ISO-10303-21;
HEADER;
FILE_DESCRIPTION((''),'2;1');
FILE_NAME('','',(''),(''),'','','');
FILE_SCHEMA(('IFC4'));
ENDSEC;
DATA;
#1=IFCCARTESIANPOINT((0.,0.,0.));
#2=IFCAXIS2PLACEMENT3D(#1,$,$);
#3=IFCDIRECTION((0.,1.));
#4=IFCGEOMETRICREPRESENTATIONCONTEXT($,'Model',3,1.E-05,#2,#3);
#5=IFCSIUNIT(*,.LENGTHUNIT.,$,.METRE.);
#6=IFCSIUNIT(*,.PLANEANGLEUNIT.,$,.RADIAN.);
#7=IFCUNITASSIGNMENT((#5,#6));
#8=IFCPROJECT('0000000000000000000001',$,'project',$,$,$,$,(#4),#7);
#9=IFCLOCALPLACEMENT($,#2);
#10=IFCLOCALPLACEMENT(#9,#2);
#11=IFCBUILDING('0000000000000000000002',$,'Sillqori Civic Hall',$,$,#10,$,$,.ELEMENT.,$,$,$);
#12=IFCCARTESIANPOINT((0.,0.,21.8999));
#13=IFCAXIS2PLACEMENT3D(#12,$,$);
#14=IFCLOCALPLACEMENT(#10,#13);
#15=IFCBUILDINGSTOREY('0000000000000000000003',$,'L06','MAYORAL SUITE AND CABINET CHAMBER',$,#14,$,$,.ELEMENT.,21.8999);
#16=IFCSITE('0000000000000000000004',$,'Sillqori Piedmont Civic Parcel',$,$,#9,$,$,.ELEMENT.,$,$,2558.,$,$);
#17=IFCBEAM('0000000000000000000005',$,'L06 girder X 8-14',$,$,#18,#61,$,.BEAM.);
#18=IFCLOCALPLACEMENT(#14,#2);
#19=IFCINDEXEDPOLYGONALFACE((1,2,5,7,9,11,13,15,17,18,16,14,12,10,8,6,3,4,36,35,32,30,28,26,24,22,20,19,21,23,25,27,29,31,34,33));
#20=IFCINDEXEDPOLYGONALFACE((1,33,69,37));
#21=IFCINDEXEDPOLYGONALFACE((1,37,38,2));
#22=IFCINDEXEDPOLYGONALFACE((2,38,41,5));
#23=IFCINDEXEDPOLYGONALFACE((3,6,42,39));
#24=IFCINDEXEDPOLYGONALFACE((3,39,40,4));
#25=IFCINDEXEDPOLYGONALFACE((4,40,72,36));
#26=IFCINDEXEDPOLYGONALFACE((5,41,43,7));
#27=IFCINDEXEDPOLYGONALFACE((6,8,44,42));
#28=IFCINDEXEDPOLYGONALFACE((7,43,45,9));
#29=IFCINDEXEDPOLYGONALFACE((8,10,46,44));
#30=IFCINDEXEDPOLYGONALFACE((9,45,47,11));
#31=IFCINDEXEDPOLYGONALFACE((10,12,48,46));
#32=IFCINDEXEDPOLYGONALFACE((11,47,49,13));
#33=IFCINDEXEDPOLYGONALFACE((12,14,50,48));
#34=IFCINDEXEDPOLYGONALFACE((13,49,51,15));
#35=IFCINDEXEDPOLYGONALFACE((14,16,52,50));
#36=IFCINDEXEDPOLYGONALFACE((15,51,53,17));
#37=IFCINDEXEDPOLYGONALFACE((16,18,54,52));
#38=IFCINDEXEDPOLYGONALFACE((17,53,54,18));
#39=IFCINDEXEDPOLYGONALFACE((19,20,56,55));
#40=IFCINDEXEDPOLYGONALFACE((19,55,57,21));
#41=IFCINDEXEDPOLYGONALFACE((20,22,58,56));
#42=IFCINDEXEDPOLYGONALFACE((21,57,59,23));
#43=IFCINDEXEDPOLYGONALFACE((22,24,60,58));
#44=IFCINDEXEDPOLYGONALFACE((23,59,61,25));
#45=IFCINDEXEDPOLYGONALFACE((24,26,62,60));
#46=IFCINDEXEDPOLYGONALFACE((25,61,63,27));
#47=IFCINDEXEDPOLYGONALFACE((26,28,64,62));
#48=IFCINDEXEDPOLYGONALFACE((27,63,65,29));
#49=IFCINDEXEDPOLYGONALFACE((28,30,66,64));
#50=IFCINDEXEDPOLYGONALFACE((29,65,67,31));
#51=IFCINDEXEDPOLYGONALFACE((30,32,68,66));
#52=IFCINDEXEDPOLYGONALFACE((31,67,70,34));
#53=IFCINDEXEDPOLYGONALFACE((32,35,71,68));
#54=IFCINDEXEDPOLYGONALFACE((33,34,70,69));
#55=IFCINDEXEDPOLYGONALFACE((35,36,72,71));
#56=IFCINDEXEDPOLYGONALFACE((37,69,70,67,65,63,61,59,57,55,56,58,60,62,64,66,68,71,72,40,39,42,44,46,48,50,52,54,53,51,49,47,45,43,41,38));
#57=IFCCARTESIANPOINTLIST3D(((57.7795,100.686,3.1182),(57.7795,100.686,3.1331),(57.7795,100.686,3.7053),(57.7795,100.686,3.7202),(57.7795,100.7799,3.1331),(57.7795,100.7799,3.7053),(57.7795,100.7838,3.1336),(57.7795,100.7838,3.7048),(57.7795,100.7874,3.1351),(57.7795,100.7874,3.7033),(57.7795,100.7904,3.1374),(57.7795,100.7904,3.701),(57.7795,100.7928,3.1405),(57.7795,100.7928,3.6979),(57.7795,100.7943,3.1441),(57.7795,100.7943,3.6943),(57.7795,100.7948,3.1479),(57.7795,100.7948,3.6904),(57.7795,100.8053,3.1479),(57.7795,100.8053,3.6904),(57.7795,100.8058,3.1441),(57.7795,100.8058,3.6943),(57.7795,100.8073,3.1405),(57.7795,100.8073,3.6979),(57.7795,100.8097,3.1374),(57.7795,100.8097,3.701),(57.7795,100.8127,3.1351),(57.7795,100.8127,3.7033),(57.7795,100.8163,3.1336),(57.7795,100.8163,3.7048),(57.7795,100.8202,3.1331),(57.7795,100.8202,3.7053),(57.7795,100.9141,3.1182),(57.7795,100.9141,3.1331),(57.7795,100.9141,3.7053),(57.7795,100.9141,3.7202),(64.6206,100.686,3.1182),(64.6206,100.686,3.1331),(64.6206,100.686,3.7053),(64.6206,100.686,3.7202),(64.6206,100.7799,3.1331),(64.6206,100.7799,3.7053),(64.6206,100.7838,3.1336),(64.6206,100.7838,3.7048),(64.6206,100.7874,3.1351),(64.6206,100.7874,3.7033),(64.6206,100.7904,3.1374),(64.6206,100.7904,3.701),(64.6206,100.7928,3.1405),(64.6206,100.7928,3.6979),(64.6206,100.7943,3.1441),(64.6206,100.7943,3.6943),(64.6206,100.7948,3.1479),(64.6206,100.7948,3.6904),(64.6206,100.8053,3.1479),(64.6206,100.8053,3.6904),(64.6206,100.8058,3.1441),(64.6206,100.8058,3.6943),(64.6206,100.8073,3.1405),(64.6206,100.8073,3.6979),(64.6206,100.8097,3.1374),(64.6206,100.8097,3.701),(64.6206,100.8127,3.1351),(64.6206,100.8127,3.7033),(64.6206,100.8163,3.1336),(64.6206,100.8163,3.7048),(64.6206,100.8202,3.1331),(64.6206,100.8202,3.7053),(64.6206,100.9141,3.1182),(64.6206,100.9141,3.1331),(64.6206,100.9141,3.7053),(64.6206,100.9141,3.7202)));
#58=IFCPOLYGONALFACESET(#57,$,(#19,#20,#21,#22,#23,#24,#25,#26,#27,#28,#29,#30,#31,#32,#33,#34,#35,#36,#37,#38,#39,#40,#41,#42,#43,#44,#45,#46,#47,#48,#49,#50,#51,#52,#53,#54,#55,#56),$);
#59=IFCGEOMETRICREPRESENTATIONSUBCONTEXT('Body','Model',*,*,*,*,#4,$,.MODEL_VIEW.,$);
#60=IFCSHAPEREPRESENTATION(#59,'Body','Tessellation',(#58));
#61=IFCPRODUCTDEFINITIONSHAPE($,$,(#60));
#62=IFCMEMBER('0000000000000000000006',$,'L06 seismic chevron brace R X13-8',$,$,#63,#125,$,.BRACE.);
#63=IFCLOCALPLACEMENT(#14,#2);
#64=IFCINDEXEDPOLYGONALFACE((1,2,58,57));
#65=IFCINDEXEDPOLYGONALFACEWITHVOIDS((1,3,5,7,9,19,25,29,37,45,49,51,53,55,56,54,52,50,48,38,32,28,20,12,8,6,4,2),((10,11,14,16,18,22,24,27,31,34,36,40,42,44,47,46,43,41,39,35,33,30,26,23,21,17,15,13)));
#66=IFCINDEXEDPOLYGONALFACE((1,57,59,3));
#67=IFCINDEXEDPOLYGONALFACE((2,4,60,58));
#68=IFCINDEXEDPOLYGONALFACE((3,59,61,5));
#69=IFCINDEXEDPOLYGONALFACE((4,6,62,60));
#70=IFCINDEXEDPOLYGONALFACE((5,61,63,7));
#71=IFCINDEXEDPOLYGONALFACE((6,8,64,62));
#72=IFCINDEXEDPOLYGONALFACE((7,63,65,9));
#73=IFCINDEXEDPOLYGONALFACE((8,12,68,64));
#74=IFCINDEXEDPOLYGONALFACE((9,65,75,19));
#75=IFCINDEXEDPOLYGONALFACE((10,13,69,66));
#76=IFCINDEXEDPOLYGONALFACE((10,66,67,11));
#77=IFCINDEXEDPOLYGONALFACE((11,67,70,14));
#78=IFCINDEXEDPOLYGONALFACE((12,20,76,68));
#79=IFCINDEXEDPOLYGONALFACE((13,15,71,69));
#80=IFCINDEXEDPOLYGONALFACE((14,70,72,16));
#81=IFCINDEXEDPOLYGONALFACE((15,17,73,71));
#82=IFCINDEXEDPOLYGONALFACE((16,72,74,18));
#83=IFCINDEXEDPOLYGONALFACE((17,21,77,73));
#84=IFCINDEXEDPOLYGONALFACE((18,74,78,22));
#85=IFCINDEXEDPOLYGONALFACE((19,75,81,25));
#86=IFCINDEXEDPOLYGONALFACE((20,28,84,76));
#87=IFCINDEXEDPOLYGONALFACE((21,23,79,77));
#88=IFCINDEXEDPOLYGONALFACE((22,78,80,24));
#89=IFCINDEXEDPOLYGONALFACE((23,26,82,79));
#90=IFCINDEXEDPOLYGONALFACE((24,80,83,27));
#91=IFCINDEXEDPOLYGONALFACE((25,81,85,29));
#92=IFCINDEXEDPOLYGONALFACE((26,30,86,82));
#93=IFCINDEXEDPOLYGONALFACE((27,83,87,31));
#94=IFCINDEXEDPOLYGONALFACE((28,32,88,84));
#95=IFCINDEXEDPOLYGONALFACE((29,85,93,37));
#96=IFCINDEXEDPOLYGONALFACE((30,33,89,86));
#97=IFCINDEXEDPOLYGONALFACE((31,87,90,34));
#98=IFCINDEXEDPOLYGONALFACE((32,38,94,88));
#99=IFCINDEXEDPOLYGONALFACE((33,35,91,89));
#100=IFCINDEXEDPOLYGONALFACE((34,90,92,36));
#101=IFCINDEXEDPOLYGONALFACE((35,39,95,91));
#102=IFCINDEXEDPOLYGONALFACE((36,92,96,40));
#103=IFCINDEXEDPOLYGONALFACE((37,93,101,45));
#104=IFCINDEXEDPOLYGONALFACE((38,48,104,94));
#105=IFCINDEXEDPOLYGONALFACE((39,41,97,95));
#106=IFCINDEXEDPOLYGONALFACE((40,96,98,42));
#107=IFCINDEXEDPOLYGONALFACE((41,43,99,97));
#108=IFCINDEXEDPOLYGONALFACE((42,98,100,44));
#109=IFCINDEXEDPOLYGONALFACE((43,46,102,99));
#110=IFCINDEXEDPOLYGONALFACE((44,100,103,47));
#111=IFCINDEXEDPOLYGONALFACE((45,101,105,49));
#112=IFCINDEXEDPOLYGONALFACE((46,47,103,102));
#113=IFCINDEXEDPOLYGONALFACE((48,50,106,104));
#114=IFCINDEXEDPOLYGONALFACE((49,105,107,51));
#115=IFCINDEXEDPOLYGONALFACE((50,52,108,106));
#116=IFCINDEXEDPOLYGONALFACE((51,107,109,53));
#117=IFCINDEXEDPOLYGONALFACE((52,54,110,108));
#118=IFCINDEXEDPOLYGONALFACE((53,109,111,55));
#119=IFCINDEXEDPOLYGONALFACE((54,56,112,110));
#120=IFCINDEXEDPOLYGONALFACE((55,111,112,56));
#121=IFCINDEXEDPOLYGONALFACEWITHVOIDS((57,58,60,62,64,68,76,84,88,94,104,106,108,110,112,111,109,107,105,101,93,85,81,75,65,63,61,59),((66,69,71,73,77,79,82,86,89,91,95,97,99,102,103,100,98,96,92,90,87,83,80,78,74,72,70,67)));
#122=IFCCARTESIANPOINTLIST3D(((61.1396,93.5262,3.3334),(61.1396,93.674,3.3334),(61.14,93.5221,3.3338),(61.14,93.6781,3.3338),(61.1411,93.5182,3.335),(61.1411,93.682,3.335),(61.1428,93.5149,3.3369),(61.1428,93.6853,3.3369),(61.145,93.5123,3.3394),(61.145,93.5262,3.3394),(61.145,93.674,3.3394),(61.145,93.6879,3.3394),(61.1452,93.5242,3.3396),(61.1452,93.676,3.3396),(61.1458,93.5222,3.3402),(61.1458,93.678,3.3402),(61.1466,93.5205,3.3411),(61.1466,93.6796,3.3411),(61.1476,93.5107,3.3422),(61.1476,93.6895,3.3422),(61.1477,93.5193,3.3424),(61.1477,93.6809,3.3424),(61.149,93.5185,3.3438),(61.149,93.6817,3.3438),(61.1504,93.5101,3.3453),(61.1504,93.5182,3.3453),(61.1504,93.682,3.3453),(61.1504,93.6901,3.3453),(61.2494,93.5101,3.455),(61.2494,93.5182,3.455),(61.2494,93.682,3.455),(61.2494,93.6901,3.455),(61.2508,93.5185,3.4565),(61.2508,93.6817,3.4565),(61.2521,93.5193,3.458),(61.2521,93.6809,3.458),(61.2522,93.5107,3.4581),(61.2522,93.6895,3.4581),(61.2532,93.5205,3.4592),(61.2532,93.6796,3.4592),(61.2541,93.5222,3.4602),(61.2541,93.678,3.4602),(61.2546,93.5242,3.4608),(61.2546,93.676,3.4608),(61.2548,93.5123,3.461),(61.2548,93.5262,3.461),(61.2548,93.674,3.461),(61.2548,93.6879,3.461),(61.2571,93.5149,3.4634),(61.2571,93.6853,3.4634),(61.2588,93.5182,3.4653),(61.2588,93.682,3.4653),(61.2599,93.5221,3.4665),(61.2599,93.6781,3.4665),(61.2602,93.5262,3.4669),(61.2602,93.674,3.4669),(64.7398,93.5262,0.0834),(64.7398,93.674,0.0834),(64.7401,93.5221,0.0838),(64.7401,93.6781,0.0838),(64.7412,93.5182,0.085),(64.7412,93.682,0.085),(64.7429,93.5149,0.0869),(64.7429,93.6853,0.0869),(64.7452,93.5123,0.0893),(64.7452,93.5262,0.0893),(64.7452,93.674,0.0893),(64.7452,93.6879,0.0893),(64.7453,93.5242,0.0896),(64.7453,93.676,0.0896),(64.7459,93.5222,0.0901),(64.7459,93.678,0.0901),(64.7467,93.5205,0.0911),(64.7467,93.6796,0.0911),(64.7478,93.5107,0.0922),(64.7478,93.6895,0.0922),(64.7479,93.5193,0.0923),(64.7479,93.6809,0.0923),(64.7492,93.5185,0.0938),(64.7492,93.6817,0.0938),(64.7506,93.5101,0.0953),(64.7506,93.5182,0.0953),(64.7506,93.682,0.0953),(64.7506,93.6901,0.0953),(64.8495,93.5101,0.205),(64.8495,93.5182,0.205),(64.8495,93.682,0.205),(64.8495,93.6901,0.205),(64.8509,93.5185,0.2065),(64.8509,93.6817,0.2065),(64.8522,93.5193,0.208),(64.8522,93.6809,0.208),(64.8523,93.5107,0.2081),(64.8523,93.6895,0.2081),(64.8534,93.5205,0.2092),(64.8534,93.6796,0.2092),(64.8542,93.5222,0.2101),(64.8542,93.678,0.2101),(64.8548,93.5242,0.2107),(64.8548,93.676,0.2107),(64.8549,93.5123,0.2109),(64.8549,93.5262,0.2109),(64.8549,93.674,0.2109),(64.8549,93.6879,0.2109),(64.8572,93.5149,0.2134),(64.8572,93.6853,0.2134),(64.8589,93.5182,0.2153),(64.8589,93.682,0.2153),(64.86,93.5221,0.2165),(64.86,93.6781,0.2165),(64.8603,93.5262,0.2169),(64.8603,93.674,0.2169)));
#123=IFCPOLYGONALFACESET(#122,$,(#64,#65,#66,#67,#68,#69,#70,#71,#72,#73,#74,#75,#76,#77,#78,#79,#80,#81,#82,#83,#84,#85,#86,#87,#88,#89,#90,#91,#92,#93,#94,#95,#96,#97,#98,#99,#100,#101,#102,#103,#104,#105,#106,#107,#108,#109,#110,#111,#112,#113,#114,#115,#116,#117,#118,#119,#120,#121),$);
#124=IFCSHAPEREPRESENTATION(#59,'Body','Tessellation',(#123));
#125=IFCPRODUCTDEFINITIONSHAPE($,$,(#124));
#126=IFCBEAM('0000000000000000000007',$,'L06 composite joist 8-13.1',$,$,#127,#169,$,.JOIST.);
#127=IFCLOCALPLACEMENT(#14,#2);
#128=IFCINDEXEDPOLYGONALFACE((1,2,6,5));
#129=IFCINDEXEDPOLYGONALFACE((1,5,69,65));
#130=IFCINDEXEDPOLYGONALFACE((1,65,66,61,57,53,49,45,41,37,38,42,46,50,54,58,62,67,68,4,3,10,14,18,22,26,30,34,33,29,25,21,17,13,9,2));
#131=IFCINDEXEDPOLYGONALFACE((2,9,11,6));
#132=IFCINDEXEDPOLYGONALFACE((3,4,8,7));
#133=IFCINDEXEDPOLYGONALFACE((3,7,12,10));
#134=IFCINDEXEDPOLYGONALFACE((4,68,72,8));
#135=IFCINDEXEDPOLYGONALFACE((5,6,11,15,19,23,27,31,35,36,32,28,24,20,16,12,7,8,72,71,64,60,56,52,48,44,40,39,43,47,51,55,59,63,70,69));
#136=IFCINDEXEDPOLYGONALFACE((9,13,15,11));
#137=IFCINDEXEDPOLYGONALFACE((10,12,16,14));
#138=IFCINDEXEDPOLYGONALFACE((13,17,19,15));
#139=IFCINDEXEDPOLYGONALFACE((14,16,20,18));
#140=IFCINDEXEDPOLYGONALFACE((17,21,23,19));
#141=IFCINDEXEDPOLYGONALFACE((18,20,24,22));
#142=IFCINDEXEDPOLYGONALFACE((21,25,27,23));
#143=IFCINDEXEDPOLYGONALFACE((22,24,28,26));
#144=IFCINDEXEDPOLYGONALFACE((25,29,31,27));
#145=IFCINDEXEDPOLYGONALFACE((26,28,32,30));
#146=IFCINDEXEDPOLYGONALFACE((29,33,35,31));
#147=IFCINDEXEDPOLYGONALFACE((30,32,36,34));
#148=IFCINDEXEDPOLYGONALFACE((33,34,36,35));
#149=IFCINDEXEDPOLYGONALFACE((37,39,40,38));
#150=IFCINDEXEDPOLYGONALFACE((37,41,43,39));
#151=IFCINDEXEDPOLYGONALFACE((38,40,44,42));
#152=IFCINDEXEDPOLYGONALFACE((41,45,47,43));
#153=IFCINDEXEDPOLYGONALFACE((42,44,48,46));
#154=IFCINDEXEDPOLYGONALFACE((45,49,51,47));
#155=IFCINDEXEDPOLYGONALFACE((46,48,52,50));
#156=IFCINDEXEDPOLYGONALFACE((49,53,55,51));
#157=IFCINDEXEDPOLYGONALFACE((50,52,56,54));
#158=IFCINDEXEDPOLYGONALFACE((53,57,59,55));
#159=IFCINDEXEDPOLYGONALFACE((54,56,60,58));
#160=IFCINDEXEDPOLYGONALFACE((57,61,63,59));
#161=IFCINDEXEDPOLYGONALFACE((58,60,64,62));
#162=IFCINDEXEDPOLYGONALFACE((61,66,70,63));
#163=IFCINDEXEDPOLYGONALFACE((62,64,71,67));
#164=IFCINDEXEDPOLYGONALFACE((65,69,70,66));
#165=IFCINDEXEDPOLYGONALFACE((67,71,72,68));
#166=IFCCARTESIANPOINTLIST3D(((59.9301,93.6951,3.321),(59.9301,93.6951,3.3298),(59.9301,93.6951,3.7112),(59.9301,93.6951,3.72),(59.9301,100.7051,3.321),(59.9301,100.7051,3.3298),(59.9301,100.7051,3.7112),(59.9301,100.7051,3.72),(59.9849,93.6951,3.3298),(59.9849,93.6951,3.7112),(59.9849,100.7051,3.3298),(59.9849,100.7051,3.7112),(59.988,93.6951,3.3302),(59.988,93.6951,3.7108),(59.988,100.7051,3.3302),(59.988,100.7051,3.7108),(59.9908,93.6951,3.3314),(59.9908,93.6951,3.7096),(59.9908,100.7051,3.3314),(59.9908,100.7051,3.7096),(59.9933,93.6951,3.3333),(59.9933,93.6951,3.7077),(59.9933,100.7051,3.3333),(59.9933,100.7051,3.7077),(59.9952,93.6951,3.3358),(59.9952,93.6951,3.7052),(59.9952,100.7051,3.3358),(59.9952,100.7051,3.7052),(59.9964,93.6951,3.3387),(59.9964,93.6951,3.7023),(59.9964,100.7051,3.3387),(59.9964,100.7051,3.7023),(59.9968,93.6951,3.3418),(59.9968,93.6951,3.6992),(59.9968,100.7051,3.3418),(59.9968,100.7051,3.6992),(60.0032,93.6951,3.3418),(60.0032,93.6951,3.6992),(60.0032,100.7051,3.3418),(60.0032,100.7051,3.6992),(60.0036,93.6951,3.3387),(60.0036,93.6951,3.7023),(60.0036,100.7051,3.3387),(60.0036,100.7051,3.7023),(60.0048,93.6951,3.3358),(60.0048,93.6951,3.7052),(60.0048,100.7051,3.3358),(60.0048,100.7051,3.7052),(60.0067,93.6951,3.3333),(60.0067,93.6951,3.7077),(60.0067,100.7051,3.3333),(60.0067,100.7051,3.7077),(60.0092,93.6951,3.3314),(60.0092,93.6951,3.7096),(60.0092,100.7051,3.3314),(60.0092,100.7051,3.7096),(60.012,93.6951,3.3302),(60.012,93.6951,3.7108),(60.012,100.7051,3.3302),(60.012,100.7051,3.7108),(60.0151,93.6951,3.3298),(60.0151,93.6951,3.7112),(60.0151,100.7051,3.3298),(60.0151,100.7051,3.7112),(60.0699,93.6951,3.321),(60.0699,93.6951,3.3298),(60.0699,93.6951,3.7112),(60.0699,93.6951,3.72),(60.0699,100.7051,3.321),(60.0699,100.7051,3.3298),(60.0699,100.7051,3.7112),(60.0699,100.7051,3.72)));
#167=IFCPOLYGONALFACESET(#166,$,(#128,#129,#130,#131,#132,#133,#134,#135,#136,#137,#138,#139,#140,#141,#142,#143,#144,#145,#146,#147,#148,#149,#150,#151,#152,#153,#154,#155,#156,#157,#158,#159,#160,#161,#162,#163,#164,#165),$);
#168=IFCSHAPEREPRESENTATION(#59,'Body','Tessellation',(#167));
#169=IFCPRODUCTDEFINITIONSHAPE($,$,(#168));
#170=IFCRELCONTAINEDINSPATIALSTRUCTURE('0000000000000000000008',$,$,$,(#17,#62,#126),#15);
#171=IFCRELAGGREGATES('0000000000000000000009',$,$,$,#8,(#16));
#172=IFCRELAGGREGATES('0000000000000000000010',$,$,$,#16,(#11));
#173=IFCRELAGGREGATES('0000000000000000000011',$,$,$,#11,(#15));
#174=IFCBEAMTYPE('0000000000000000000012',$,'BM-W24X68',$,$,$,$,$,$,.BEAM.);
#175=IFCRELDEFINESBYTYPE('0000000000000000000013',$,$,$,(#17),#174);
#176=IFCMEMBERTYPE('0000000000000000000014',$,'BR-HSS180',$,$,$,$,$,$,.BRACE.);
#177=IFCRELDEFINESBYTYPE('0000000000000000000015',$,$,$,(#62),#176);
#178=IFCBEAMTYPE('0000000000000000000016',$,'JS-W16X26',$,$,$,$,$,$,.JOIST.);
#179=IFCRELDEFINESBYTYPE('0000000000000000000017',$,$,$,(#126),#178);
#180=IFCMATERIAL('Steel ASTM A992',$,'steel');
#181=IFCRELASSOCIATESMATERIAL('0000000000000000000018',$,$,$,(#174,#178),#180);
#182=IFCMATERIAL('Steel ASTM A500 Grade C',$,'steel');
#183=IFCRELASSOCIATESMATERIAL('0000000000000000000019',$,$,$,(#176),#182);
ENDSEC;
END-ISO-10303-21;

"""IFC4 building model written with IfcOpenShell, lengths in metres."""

from ifc_helpers import new_model, si_unit, direction, frame, origin, origin_2d, place, context, subcontext, project, spatial, hollow_rectangle, i_section, extrude, material, material_profile, profile_set, type_object, element, save


model = new_model("IFC4")

# Units and contexts
model_context = context("Model", 3, precision=1e-05, world=origin(), true_north=direction((0.0, 1.0)))
body_context = subcontext(model_context, "Body", "Model", "MODEL_VIEW")
ifc_project = project(units=[si_unit("LENGTHUNIT", "METRE"), si_unit("PLANEANGLEUNIT", "RADIAN")], contexts=[model_context])

# Site, building, storey
site_placement = place(None, origin())
site = spatial("IfcSite", under=ifc_project, at=site_placement, Name="Sillqori Piedmont Civic Parcel", CompositionType="ELEMENT", RefElevation=2558.0)
building_placement = place(site_placement, origin())
building = spatial("IfcBuilding", under=site, at=building_placement, Name="Sillqori Civic Hall", CompositionType="ELEMENT")
storey_placement = place(building_placement, frame((0.0, 0.0, 21.8999)))
storey = spatial("IfcBuildingStorey", under=building, at=storey_placement, Name="L06", Description="MAYORAL SUITE AND CABINET CHAMBER", CompositionType="ELEMENT", Elevation=21.8999)

# Shared definitions
ifc_material_1 = material(Name="Steel ASTM A992", Category="steel")

# Beam
ifc_material_profile_1 = material_profile(ifc_material_1, i_section(OverallWidth=0.228, OverallDepth=0.6021, WebThickness=0.0105, FlangeThickness=0.0149, FilletRadius=0.0149, at=origin_2d()), Name="W24X68")
ifc_profile_set_1 = profile_set([ifc_material_profile_1], Name="Steel ASTM A992")
beam_type_1 = type_object("IfcBeamType", Name="BM-W24X68", PredefinedType="BEAM", material=ifc_profile_set_1)
beam_1_placement = place(storey_placement, frame((57.7795, 100.8, 3.4192), z_axis=(1.0, 0.0, 0.0), x_axis=(0.0, 1.0, 0.0)))
element("IfcBeam", 1, at=beam_1_placement, inside=storey, type_object=beam_type_1, Name="L06 girder X 8-14", PredefinedType="BEAM", context=body_context, shape_type="SweptSolid", body=[
    extrude(i_section(OverallWidth=0.228, OverallDepth=0.6021, WebThickness=0.0105, FlangeThickness=0.0149, FilletRadius=0.0149, at=origin_2d()), origin(), (0.0, 0.0, 1.0), 6.8411),
])

# Member
ifc_material_2 = material(Name="Steel ASTM A500 Grade C", Category="steel")
ifc_material_profile_2 = material_profile(ifc_material_2, hollow_rectangle(XDim=0.1799, YDim=0.1799, WallThickness=0.0081, InnerFilletRadius=0.0081, OuterFilletRadius=0.0161, at=origin_2d()), Name="HSS180X180X8")
ifc_profile_set_2 = profile_set([ifc_material_profile_2], Name="Steel ASTM A500 Grade C")
member_type = type_object("IfcMemberType", Name="BR-HSS180", PredefinedType="BRACE", material=ifc_profile_set_2)
member_placement = place(storey_placement, frame((64.8, 93.6001, 0.1501), z_axis=(-0.742277, 0.0, 0.670093), x_axis=(0.0, -1.0, 0.0)))
element("IfcMember", 2, at=member_placement, inside=storey, type_object=member_type, Name="L06 seismic chevron brace R X13-8", PredefinedType="BRACE", context=body_context, shape_type="SweptSolid", body=[
    extrude(hollow_rectangle(XDim=0.1799, YDim=0.1799, WallThickness=0.0081, InnerFilletRadius=0.0081, OuterFilletRadius=0.0161, at=origin_2d()), origin(), (0.0, 0.0, 1.0), 4.8501),
])

# Beam
ifc_material_profile_3 = material_profile(ifc_material_1, i_section(OverallWidth=0.1399, OverallDepth=0.3989, WebThickness=0.0063, FlangeThickness=0.0088, FilletRadius=0.012, at=origin_2d()), Name="W16X26")
ifc_profile_set_3 = profile_set([ifc_material_profile_3], Name="Steel ASTM A992")
beam_type_2 = type_object("IfcBeamType", Name="JS-W16X26", PredefinedType="JOIST", material=ifc_profile_set_3)
for number, where, z_axis, x_axis, name in (
    (3, (60.0, 93.6951, 3.5205), (0.0, 1.0, 0.0), (-1.0, 0.0, 0.0), "L06 composite joist 8-13.1"),
):
    element("IfcBeam", number, at=place(storey_placement, frame(where, z_axis=z_axis, x_axis=x_axis)), inside=storey, type_object=beam_type_2, Name=name, PredefinedType="JOIST", context=body_context, shape_type="SweptSolid", body=[
        extrude(i_section(OverallWidth=0.1399, OverallDepth=0.3989, WebThickness=0.0063, FlangeThickness=0.0088, FilletRadius=0.012, at=origin_2d()), origin(), (0.0, 0.0, 1.0), 7.01),
    ])

save(model, "model.ifc")
